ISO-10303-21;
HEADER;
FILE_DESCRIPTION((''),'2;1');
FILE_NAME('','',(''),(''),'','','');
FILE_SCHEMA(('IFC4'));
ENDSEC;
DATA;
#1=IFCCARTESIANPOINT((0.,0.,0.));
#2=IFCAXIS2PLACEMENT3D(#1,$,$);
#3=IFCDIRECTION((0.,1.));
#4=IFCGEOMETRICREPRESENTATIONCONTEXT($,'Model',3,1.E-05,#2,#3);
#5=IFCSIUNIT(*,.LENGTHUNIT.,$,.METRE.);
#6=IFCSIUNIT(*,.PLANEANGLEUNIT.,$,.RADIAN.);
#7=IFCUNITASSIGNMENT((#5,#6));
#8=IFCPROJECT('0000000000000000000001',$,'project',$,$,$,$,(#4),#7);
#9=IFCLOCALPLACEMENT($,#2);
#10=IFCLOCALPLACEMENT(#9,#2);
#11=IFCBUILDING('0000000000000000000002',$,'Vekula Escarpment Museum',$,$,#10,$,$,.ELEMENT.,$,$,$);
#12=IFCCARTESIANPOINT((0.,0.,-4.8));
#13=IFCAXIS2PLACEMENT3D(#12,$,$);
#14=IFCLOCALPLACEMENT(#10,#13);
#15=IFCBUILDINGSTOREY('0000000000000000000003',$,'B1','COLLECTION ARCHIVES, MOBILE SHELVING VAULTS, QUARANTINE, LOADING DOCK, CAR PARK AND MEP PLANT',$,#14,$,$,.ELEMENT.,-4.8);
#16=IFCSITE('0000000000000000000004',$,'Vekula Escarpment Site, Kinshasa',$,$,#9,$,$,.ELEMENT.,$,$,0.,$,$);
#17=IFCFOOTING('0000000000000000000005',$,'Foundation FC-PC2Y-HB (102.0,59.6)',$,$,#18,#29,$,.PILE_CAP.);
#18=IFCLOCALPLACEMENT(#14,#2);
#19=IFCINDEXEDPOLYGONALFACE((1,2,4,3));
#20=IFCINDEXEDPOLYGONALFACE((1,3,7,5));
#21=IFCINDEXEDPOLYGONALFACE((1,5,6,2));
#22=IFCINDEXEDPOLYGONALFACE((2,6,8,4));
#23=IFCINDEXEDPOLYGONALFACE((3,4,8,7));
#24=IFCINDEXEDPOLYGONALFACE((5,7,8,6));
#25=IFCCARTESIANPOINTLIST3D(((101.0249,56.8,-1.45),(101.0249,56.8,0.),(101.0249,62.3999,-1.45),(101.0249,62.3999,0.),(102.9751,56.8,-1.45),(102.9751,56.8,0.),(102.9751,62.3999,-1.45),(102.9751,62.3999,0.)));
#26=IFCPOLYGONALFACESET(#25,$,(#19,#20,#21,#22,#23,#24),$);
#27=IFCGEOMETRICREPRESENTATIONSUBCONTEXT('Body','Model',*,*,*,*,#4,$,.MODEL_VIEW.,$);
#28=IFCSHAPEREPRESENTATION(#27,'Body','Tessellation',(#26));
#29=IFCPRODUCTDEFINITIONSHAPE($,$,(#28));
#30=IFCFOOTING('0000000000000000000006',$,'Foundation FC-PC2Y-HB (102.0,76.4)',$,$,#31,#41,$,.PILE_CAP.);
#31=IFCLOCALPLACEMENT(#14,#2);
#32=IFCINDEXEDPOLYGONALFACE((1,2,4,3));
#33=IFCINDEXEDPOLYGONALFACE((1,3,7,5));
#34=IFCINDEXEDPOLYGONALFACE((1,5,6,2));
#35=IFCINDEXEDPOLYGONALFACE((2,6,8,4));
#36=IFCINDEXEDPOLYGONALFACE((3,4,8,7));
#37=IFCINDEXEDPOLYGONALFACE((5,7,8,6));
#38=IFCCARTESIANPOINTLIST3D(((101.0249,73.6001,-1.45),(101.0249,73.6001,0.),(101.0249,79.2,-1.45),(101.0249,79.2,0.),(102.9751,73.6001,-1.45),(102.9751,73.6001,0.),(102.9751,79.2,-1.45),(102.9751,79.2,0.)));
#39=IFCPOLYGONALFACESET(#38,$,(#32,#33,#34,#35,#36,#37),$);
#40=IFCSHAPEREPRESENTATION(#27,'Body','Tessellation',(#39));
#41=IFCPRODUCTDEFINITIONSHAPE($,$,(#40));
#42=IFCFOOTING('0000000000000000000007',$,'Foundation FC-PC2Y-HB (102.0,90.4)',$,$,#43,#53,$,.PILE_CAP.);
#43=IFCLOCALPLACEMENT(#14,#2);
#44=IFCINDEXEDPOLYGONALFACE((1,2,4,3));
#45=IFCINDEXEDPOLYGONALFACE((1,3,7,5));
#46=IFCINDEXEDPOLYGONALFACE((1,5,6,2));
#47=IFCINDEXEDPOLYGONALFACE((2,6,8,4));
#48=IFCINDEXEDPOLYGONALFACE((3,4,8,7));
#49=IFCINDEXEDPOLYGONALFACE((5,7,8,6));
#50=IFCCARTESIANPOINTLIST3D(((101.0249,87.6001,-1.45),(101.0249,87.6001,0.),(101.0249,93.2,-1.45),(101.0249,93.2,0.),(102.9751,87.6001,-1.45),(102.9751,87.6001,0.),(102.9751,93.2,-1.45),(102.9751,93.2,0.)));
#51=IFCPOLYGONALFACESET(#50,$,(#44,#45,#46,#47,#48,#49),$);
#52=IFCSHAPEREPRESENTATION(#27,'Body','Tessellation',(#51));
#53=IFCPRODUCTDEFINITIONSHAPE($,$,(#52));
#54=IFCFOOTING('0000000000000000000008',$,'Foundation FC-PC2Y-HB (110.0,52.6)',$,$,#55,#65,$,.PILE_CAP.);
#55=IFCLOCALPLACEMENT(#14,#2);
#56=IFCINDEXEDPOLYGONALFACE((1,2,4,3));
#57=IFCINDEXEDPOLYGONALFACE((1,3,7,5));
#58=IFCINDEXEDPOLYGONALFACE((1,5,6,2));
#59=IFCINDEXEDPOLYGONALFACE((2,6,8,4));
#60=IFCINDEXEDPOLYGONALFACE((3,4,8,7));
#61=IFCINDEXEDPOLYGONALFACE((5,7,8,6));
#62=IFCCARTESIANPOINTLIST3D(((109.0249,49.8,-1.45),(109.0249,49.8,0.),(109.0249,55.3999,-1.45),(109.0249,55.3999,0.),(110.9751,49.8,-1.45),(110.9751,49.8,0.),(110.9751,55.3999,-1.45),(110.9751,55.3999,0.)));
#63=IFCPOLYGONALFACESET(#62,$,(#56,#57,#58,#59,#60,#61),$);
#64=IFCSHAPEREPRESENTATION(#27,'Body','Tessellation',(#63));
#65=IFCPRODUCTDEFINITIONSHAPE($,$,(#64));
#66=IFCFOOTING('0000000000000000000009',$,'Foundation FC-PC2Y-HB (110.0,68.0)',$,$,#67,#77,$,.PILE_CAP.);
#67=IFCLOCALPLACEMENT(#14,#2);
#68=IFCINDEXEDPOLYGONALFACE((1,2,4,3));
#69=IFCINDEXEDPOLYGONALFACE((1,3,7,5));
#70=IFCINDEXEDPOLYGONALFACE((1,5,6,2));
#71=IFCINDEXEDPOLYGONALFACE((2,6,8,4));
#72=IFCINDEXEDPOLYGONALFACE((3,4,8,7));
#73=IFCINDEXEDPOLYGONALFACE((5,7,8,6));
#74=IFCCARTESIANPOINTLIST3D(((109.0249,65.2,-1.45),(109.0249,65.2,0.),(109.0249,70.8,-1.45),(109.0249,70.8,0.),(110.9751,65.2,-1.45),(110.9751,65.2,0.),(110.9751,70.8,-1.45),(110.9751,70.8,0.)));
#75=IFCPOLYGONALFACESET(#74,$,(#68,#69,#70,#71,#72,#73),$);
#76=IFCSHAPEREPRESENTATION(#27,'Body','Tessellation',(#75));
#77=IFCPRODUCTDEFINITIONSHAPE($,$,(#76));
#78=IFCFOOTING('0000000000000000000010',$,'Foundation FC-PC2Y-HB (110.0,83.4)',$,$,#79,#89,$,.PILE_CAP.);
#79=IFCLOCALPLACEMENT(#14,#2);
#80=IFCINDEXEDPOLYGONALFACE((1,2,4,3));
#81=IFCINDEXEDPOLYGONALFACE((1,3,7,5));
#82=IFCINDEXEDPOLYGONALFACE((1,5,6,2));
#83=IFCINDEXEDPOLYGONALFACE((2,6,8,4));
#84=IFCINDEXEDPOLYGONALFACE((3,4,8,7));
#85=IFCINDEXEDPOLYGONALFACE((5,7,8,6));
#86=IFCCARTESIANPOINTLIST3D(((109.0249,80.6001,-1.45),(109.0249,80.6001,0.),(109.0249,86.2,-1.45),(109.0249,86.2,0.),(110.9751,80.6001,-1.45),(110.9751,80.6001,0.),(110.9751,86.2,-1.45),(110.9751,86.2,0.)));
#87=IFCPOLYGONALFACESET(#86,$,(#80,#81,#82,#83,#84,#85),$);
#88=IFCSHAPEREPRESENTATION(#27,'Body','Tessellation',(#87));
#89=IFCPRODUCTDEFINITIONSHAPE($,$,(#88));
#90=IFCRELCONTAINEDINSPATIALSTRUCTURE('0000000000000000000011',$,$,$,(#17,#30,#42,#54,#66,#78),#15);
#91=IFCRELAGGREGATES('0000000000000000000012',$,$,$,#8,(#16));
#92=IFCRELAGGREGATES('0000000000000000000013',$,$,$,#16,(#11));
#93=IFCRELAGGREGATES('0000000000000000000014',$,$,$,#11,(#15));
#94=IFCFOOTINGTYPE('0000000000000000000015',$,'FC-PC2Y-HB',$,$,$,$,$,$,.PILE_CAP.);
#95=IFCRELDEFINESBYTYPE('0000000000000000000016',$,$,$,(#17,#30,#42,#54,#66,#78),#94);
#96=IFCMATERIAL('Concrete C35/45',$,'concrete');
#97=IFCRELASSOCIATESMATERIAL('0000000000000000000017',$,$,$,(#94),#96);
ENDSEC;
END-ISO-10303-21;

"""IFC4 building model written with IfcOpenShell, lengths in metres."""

from ifc_helpers import new_model, si_unit, direction, frame, origin, place, context, subcontext, project, spatial, polyline, outline, extrude, material, type_object, element, save


model = new_model("IFC4")

# Units and contexts
model_context = context("Model", 3, precision=1e-05, world=origin(), true_north=direction((0.0, 1.0)))
body_context = subcontext(model_context, "Body", "Model", "MODEL_VIEW")
ifc_project = project(units=[si_unit("LENGTHUNIT", "METRE"), si_unit("PLANEANGLEUNIT", "RADIAN")], contexts=[model_context])

# Site, building, storey
site_placement = place(None, origin())
site = spatial("IfcSite", under=ifc_project, at=site_placement, Name="Vekula Escarpment Site, Kinshasa", CompositionType="ELEMENT", RefElevation=0.0)
building_placement = place(site_placement, origin())
building = spatial("IfcBuilding", under=site, at=building_placement, Name="Vekula Escarpment Museum", CompositionType="ELEMENT")
storey_placement = place(building_placement, frame((0.0, 0.0, -4.8)))
storey = spatial("IfcBuildingStorey", under=building, at=storey_placement, Name="B1", Description="COLLECTION ARCHIVES, MOBILE SHELVING VAULTS, QUARANTINE, LOADING DOCK, CAR PARK AND MEP PLANT", CompositionType="ELEMENT", Elevation=-4.8)

# Footings
ifc_material = material(Name="Concrete C35/45", Category="concrete")
footing_type = type_object("IfcFootingType", Name="FC-PC2Y-HB", PredefinedType="PILE_CAP", material=ifc_material)
footing_1_placement = place(storey_placement, frame((0.0, 0.0, -1.45)))
element("IfcFooting", 1, at=footing_1_placement, inside=storey, type_object=footing_type, Name="Foundation FC-PC2Y-HB (102.0,59.6)", PredefinedType="PILE_CAP", context=body_context, shape_type="SweptSolid", body=[
    extrude(outline(polyline([(101.0249, 56.8), (102.9751, 56.8), (102.9751, 62.3999), (101.0249, 62.3999), (101.0249, 56.8)])), origin(), (0.0, 0.0, 1.0), 1.45),
])
footing_2_placement = place(storey_placement, frame((0.0, 0.0, -1.45)))
element("IfcFooting", 2, at=footing_2_placement, inside=storey, type_object=footing_type, Name="Foundation FC-PC2Y-HB (102.0,76.4)", PredefinedType="PILE_CAP", context=body_context, shape_type="SweptSolid", body=[
    extrude(outline(polyline([(101.0249, 73.6001), (102.9751, 73.6001), (102.9751, 79.2), (101.0249, 79.2), (101.0249, 73.6001)])), origin(), (0.0, 0.0, 1.0), 1.45),
])
footing_3_placement = place(storey_placement, frame((0.0, 0.0, -1.45)))
element("IfcFooting", 3, at=footing_3_placement, inside=storey, type_object=footing_type, Name="Foundation FC-PC2Y-HB (102.0,90.4)", PredefinedType="PILE_CAP", context=body_context, shape_type="SweptSolid", body=[
    extrude(outline(polyline([(101.0249, 87.6001), (102.9751, 87.6001), (102.9751, 93.2), (101.0249, 93.2), (101.0249, 87.6001)])), origin(), (0.0, 0.0, 1.0), 1.45),
])
footing_4_placement = place(storey_placement, frame((0.0, 0.0, -1.45)))
element("IfcFooting", 4, at=footing_4_placement, inside=storey, type_object=footing_type, Name="Foundation FC-PC2Y-HB (110.0,52.6)", PredefinedType="PILE_CAP", context=body_context, shape_type="SweptSolid", body=[
    extrude(outline(polyline([(109.0249, 49.8), (110.9751, 49.8), (110.9751, 55.3999), (109.0249, 55.3999), (109.0249, 49.8)])), origin(), (0.0, 0.0, 1.0), 1.45),
])
footing_5_placement = place(storey_placement, frame((0.0, 0.0, -1.45)))
element("IfcFooting", 5, at=footing_5_placement, inside=storey, type_object=footing_type, Name="Foundation FC-PC2Y-HB (110.0,68.0)", PredefinedType="PILE_CAP", context=body_context, shape_type="SweptSolid", body=[
    extrude(outline(polyline([(109.0249, 65.2), (110.9751, 65.2), (110.9751, 70.8), (109.0249, 70.8), (109.0249, 65.2)])), origin(), (0.0, 0.0, 1.0), 1.45),
])
footing_6_placement = place(storey_placement, frame((0.0, 0.0, -1.45)))
element("IfcFooting", 6, at=footing_6_placement, inside=storey, type_object=footing_type, Name="Foundation FC-PC2Y-HB (110.0,83.4)", PredefinedType="PILE_CAP", context=body_context, shape_type="SweptSolid", body=[
    extrude(outline(polyline([(109.0249, 80.6001), (110.9751, 80.6001), (110.9751, 86.2), (109.0249, 86.2), (109.0249, 80.6001)])), origin(), (0.0, 0.0, 1.0), 1.45),
])

save(model, "model.ifc")
